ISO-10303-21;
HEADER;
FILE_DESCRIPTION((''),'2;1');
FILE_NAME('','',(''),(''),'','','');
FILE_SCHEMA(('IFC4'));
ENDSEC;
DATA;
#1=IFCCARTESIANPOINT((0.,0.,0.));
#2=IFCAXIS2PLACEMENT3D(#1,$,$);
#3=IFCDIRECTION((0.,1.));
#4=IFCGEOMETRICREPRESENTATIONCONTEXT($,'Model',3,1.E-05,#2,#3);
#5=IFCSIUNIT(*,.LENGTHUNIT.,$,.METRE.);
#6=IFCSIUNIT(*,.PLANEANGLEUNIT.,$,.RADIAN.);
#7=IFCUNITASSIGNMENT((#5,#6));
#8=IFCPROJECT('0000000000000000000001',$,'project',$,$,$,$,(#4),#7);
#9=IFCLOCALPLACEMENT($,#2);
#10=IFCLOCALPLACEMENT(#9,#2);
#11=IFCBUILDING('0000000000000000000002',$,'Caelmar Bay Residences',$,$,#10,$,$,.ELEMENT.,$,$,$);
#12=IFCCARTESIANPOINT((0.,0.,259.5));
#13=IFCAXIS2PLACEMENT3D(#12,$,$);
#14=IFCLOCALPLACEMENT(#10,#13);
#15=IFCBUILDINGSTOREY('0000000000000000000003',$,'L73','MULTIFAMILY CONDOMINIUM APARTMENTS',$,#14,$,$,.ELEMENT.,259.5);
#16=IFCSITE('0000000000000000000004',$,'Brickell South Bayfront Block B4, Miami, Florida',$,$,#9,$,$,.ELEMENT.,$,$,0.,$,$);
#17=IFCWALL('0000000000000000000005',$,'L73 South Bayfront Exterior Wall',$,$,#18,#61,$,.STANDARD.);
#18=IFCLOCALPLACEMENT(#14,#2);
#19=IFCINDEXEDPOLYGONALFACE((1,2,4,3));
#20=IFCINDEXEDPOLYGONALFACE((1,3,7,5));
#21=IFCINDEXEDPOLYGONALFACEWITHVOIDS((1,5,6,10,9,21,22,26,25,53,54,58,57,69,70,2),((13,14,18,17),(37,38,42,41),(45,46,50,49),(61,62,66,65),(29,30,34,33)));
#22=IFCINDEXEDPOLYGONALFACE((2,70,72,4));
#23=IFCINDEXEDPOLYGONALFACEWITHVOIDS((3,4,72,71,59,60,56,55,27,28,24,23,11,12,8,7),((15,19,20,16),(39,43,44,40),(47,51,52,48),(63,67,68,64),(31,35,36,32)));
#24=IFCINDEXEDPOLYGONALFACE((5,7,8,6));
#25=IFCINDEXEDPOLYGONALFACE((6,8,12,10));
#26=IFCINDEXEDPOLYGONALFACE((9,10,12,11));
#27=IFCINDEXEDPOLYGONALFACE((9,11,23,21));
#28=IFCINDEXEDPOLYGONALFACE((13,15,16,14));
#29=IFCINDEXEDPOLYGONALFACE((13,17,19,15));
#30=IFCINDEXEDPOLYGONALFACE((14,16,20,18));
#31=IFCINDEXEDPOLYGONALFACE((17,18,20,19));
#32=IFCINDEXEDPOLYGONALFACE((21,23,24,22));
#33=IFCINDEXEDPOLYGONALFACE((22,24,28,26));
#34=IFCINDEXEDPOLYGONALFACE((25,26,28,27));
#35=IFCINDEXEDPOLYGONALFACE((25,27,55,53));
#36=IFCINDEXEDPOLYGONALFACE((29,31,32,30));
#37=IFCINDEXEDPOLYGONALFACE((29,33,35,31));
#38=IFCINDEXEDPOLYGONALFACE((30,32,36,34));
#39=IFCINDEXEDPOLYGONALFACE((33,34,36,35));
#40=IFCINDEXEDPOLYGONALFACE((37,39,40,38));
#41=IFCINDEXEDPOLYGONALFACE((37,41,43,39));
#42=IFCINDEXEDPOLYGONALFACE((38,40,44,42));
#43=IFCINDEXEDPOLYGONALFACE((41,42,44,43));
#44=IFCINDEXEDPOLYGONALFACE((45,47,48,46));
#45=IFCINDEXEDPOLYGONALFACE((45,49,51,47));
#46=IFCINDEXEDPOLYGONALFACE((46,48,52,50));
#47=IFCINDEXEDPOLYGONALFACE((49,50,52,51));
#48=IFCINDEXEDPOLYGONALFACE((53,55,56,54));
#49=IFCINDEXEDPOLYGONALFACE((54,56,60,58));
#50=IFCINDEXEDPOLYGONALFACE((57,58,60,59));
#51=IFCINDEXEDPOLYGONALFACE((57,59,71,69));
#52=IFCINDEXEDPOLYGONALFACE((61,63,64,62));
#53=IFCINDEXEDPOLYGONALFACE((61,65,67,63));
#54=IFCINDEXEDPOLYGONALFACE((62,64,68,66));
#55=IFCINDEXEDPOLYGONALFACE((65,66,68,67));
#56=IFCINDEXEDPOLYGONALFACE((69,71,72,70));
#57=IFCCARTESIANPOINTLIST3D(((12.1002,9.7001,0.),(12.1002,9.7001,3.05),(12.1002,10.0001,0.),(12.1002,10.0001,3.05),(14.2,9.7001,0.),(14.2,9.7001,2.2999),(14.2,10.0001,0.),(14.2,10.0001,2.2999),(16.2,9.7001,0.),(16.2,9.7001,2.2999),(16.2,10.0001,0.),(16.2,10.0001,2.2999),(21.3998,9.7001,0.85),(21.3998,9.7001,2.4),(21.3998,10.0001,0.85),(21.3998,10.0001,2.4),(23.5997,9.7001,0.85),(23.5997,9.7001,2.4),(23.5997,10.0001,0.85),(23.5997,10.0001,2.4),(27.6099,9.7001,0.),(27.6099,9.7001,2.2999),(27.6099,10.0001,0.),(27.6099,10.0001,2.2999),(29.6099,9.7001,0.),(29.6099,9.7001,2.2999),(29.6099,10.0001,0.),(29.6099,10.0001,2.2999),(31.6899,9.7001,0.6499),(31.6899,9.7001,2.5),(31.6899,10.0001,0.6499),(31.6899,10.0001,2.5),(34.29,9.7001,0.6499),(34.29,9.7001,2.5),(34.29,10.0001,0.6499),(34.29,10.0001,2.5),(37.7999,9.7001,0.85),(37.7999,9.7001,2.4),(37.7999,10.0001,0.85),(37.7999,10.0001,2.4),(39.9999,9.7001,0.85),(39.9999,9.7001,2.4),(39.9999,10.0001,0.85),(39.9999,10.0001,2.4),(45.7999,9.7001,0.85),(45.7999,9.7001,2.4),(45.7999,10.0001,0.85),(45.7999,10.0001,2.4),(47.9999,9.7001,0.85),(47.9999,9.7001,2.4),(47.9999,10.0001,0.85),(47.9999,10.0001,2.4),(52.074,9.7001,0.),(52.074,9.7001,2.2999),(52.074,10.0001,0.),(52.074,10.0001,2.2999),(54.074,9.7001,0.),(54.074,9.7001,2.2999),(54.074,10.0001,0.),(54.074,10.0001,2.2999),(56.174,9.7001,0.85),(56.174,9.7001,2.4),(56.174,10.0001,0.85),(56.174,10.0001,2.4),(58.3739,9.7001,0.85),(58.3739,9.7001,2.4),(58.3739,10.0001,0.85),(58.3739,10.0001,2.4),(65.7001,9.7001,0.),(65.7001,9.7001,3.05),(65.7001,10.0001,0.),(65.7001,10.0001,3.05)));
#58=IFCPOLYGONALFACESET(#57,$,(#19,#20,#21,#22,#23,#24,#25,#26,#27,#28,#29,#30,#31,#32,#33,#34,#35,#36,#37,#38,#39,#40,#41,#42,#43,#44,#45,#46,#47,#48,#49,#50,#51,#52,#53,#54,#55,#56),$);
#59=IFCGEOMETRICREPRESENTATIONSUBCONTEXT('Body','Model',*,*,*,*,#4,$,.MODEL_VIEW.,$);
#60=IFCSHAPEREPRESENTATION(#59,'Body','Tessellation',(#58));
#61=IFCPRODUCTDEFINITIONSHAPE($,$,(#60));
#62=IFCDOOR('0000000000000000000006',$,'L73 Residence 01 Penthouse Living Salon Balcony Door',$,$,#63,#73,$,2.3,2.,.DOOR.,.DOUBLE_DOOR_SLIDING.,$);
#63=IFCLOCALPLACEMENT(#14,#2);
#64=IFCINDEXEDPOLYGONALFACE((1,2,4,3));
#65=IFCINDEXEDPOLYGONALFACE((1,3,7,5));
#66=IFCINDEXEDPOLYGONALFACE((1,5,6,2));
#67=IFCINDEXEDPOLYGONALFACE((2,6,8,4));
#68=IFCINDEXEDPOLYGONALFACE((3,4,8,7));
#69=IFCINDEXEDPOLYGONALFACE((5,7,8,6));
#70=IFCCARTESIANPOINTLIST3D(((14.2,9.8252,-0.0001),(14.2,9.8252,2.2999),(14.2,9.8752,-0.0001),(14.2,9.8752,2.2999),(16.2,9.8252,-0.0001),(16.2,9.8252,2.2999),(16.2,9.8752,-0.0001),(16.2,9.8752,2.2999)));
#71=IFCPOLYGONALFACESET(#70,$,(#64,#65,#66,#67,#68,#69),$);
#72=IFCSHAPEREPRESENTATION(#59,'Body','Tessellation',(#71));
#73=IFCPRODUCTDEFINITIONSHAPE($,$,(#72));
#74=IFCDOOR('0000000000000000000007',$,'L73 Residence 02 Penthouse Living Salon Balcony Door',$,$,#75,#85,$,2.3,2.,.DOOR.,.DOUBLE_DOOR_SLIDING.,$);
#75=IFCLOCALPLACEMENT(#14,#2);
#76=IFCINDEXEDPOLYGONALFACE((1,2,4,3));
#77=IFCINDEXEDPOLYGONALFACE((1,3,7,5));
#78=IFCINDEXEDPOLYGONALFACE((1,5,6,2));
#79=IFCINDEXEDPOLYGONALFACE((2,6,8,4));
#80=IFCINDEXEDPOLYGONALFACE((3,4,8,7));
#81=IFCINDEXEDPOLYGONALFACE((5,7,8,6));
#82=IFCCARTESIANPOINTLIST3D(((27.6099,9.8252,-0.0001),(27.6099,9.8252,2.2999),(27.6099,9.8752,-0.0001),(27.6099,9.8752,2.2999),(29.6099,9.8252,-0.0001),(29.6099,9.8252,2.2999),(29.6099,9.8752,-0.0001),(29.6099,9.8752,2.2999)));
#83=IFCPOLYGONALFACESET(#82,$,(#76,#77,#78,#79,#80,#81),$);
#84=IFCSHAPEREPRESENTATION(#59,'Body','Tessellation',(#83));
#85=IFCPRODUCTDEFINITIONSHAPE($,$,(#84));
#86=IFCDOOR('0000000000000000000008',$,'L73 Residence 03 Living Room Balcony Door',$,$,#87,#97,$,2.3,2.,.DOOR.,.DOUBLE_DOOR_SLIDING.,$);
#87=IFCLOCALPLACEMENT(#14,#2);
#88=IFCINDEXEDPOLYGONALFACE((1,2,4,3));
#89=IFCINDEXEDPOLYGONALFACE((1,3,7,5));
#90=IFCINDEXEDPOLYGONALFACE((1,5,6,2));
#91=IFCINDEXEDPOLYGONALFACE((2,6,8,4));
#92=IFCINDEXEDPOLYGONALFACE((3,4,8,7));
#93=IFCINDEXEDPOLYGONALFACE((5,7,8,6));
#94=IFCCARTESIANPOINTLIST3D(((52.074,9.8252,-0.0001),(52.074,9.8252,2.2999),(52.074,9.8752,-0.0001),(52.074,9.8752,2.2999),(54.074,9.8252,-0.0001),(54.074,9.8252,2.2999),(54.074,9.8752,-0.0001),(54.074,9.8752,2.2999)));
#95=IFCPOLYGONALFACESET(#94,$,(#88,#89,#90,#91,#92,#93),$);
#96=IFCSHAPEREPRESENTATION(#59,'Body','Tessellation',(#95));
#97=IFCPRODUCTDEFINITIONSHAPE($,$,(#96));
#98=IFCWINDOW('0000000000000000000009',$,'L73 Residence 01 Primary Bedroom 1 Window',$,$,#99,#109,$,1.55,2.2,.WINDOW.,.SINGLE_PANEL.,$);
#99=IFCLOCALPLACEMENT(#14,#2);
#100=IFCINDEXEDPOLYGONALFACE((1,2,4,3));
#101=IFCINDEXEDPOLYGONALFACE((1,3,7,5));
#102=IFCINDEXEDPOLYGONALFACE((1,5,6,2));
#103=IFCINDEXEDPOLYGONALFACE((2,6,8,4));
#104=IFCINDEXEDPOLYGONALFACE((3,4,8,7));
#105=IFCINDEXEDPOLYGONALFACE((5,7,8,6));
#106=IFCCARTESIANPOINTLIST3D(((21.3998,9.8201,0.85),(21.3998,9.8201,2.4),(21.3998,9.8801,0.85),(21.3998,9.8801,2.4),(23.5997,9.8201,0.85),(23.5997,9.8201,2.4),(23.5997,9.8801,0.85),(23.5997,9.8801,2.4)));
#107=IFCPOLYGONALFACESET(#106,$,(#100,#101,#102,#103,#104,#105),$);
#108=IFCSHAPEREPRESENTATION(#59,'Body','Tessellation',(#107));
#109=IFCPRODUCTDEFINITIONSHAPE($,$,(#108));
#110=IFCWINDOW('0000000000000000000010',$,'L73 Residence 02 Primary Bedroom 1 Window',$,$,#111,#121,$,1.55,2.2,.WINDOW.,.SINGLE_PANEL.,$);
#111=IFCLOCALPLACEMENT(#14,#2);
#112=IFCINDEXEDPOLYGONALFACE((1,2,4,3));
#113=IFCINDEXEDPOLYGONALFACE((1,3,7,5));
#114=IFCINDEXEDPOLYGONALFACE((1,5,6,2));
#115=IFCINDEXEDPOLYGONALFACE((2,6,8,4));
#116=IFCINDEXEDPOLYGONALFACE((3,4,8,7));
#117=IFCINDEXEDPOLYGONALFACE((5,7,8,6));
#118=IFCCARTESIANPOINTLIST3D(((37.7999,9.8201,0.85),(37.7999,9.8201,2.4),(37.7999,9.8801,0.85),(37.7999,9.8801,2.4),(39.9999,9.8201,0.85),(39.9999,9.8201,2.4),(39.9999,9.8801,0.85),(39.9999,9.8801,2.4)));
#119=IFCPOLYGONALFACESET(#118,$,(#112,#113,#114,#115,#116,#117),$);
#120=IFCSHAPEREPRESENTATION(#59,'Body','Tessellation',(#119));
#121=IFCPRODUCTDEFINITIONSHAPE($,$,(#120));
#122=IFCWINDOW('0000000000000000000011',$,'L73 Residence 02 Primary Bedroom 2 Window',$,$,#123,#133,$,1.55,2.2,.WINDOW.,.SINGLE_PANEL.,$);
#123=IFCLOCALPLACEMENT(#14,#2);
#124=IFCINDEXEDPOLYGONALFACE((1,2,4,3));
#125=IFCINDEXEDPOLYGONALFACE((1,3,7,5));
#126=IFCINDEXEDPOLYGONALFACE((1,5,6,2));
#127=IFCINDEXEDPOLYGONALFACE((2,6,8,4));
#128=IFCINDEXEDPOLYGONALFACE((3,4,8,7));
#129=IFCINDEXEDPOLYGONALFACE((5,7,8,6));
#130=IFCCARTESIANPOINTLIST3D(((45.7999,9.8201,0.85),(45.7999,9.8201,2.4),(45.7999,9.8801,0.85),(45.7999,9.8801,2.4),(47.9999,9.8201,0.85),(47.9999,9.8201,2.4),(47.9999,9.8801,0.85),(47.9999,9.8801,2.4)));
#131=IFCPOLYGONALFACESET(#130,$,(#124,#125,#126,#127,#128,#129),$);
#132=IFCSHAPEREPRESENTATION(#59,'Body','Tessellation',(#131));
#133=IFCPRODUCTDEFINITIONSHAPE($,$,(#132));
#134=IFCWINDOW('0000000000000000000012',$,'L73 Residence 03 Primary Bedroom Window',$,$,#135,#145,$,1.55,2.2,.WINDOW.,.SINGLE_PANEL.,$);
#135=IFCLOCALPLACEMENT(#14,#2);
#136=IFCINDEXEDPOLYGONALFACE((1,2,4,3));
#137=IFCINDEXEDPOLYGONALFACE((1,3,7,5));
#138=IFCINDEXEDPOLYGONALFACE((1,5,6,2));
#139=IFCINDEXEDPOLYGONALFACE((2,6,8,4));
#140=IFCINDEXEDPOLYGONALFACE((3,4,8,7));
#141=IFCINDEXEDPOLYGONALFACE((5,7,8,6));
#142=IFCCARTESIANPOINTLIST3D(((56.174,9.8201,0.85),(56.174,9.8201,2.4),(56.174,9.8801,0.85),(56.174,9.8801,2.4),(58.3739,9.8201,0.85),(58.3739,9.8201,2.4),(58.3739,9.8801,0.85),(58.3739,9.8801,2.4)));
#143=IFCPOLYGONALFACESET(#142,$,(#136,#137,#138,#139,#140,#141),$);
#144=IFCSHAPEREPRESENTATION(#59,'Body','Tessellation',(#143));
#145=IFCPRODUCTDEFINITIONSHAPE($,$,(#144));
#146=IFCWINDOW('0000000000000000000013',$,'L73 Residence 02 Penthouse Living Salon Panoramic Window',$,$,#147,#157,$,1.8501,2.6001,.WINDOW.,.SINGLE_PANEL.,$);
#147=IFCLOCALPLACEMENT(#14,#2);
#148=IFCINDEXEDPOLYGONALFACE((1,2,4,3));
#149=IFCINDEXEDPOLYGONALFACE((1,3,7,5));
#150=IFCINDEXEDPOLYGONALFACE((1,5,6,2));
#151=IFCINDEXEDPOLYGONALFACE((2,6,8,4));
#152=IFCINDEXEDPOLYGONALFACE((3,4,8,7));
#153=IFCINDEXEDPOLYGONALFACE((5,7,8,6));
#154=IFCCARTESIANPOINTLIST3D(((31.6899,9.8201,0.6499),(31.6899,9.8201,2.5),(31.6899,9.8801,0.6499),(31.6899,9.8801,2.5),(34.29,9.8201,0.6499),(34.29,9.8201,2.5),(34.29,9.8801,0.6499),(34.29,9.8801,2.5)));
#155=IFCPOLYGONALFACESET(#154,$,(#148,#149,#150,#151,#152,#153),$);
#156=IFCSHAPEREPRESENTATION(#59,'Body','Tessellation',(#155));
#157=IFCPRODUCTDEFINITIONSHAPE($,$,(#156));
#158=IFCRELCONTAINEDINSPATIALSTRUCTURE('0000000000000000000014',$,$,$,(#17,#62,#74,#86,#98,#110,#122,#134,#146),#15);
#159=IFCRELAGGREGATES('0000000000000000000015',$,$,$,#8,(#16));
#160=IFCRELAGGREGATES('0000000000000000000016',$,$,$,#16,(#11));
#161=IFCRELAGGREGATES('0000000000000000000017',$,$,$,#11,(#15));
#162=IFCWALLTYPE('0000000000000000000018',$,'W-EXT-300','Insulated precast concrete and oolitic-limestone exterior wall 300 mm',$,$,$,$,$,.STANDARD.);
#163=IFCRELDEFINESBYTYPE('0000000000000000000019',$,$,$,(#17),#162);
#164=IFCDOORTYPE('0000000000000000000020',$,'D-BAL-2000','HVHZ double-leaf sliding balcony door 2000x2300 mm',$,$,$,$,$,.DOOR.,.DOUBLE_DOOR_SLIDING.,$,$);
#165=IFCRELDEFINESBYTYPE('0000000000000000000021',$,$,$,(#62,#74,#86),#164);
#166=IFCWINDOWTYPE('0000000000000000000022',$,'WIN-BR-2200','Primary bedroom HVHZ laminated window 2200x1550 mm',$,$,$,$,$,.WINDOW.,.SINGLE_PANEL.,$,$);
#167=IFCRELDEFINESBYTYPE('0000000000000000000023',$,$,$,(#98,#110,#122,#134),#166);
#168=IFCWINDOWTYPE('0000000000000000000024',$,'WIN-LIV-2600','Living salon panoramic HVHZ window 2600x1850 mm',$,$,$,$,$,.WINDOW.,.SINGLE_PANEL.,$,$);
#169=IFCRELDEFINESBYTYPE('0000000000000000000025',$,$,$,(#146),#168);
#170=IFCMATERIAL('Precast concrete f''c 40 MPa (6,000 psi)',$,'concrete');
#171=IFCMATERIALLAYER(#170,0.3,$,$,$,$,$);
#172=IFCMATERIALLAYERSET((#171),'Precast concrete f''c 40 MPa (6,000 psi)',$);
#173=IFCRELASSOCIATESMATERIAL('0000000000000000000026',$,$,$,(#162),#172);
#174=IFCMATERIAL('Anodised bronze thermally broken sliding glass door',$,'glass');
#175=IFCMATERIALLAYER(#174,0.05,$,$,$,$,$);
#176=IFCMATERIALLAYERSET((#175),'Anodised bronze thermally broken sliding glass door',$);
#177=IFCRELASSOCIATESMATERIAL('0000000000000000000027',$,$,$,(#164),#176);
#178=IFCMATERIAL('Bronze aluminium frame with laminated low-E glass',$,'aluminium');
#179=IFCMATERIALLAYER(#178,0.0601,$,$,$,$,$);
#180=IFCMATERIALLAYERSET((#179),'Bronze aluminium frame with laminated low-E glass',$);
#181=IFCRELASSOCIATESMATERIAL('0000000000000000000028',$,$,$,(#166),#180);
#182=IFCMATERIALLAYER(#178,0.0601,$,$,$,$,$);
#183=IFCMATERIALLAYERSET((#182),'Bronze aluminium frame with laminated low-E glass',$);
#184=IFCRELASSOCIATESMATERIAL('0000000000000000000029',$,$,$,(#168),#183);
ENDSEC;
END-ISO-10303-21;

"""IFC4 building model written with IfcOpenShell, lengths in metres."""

from ifc_helpers import new_model, si_unit, direction, frame, frame_2d, origin, place, context, subcontext, project, spatial, rectangle, extrude, material, layer, layer_set, type_object, element, fill, save


model = new_model("IFC4")

# Units and contexts
model_context = context("Model", 3, precision=1e-05, world=origin(), true_north=direction((0.0, 1.0)))
body_context = subcontext(model_context, "Body", "Model", "MODEL_VIEW")
ifc_project = project(units=[si_unit("LENGTHUNIT", "METRE"), si_unit("PLANEANGLEUNIT", "RADIAN")], contexts=[model_context])

# Site, building, storey
site_placement = place(None, origin())
site = spatial("IfcSite", under=ifc_project, at=site_placement, Name="Brickell South Bayfront Block B4, Miami, Florida", CompositionType="ELEMENT", RefElevation=0.0)
building_placement = place(site_placement, origin())
building = spatial("IfcBuilding", under=site, at=building_placement, Name="Caelmar Bay Residences", CompositionType="ELEMENT")
storey_placement = place(building_placement, frame((0.0, 0.0, 259.5)))
storey = spatial("IfcBuildingStorey", under=building, at=storey_placement, Name="L73", Description="MULTIFAMILY CONDOMINIUM APARTMENTS", CompositionType="ELEMENT", Elevation=259.5)

# Wall, openings, doors, windows
ifc_material_1 = material(Name="Precast concrete f'c 40 MPa (6,000 psi)", Category="concrete")
ifc_layer_1 = layer(ifc_material_1, 0.3)
ifc_layer_set_1 = layer_set([ifc_layer_1], Name="Precast concrete f'c 40 MPa (6,000 psi)")
wall_type_1 = type_object("IfcWallType", Name="W-EXT-300", Description="Insulated precast concrete and oolitic-limestone exterior wall 300 mm", PredefinedType="STANDARD", material=ifc_layer_set_1)
wall_1_placement = place(storey_placement, frame((65.7, 9.8501, 0.0), z_axis=(0.0, 0.0, 1.0), x_axis=(-1.0, 0.0, 0.0)))
wall_1 = element("IfcWall", 1, at=wall_1_placement, inside=storey, type_object=wall_type_1, Name="L73 South Bayfront Exterior Wall", PredefinedType="STANDARD", context=body_context, shape_type="SweptSolid", body=[
    extrude(rectangle(XDim=53.5999, YDim=0.3, at=frame_2d((26.7998, 0.0))), origin(), (0.0, 0.0, 1.0), 3.05),
])
opening_1_placement = place(wall_1_placement, frame((49.5, 0.0, 0.0)))
opening_1 = element("IfcOpeningElement", 2, at=opening_1_placement, cuts=wall_1, PredefinedType="OPENING", context=body_context, shape_type="SweptSolid", body=[
    extrude(rectangle(XDim=2.0, YDim=2.3, at=frame_2d((1.0, 1.1499))), frame((0.0, 0.1599, 0.0), z_axis=(0.0, -1.0, 0.0), x_axis=(1.0, 0.0, 0.0)), (0.0, 0.0, 1.0), 0.3201),
])
opening_2_placement = place(wall_1_placement, frame((42.1001, 0.0, 0.8501)))
opening_2 = element("IfcOpeningElement", 3, at=opening_2_placement, cuts=wall_1, PredefinedType="OPENING", context=body_context, shape_type="SweptSolid", body=[
    extrude(rectangle(XDim=2.2, YDim=1.55, at=frame_2d((1.1001, 0.7749))), frame((0.0, 0.1599, 0.0), z_axis=(0.0, -1.0, 0.0), x_axis=(1.0, 0.0, 0.0)), (0.0, 0.0, 1.0), 0.3201),
])
opening_3_placement = place(wall_1_placement, frame((36.0901, 0.0, 0.0)))
opening_3 = element("IfcOpeningElement", 4, at=opening_3_placement, cuts=wall_1, PredefinedType="OPENING", context=body_context, shape_type="SweptSolid", body=[
    extrude(rectangle(XDim=2.0, YDim=2.3, at=frame_2d((1.0, 1.1499))), frame((0.0, 0.1599, 0.0), z_axis=(0.0, -1.0, 0.0), x_axis=(1.0, 0.0, 0.0)), (0.0, 0.0, 1.0), 0.3201),
])
opening_4_placement = place(wall_1_placement, frame((31.4099, 0.0, 0.6499)))
opening_4 = element("IfcOpeningElement", 5, at=opening_4_placement, cuts=wall_1, PredefinedType="OPENING", context=body_context, shape_type="SweptSolid", body=[
    extrude(rectangle(XDim=2.6001, YDim=1.8501, at=frame_2d((1.3, 0.925))), frame((0.0, 0.1599, 0.0), z_axis=(0.0, -1.0, 0.0), x_axis=(1.0, 0.0, 0.0)), (0.0, 0.0, 1.0), 0.3201),
])
opening_5_placement = place(wall_1_placement, frame((25.7, 0.0, 0.8501)))
opening_5 = element("IfcOpeningElement", 6, at=opening_5_placement, cuts=wall_1, PredefinedType="OPENING", context=body_context, shape_type="SweptSolid", body=[
    extrude(rectangle(XDim=2.2, YDim=1.55, at=frame_2d((1.1001, 0.7749))), frame((0.0, 0.1599, 0.0), z_axis=(0.0, -1.0, 0.0), x_axis=(1.0, 0.0, 0.0)), (0.0, 0.0, 1.0), 0.3201),
])
opening_6_placement = place(wall_1_placement, frame((17.7, 0.0, 0.8501)))
opening_6 = element("IfcOpeningElement", 7, at=opening_6_placement, cuts=wall_1, PredefinedType="OPENING", context=body_context, shape_type="SweptSolid", body=[
    extrude(rectangle(XDim=2.2, YDim=1.55, at=frame_2d((1.1001, 0.7749))), frame((0.0, 0.1599, 0.0), z_axis=(0.0, -1.0, 0.0), x_axis=(1.0, 0.0, 0.0)), (0.0, 0.0, 1.0), 0.3201),
])
opening_7_placement = place(wall_1_placement, frame((11.626, 0.0, 0.0)))
opening_7 = element("IfcOpeningElement", 8, at=opening_7_placement, cuts=wall_1, PredefinedType="OPENING", context=body_context, shape_type="SweptSolid", body=[
    extrude(rectangle(XDim=2.0, YDim=2.3, at=frame_2d((1.0, 1.1499))), frame((0.0, 0.1599, 0.0), z_axis=(0.0, -1.0, 0.0), x_axis=(1.0, 0.0, 0.0)), (0.0, 0.0, 1.0), 0.3201),
])
opening_8_placement = place(wall_1_placement, frame((7.3259, 0.0, 0.8501)))
opening_8 = element("IfcOpeningElement", 9, at=opening_8_placement, cuts=wall_1, PredefinedType="OPENING", context=body_context, shape_type="SweptSolid", body=[
    extrude(rectangle(XDim=2.2, YDim=1.55, at=frame_2d((1.1001, 0.7749))), frame((0.0, 0.1599, 0.0), z_axis=(0.0, -1.0, 0.0), x_axis=(1.0, 0.0, 0.0)), (0.0, 0.0, 1.0), 0.3201),
])
ifc_material_2 = material(Name="Anodised bronze thermally broken sliding glass door", Category="glass")
ifc_layer_2 = layer(ifc_material_2, 0.05)
ifc_layer_set_2 = layer_set([ifc_layer_2], Name="Anodised bronze thermally broken sliding glass door")
door_type = type_object("IfcDoorType", Name="D-BAL-2000", Description="HVHZ double-leaf sliding balcony door 2000x2300 mm", OperationType="DOUBLE_DOOR_SLIDING", PredefinedType="DOOR", material=ifc_layer_set_2)
door_1_placement = place(opening_1_placement, origin())
door_1 = element("IfcDoor", 10, at=door_1_placement, inside=storey, type_object=door_type, Name="L73 Residence 01 Penthouse Living Salon Balcony Door", OperationType="DOUBLE_DOOR_SLIDING", OverallHeight=2.3, OverallWidth=2.0, PredefinedType="DOOR", context=body_context, shape_type="SweptSolid", body=[
    extrude(rectangle(XDim=2.0, YDim=2.3, at=frame_2d((1.0, 1.1499))), frame((0.0, 0.0249, 0.0), z_axis=(0.0, -1.0, 0.0), x_axis=(1.0, 0.0, 0.0)), (0.0, 0.0, 1.0), 0.05),
])
fill(opening_1, door_1)
door_2_placement = place(opening_3_placement, origin())
door_2 = element("IfcDoor", 11, at=door_2_placement, inside=storey, type_object=door_type, Name="L73 Residence 02 Penthouse Living Salon Balcony Door", OperationType="DOUBLE_DOOR_SLIDING", OverallHeight=2.3, OverallWidth=2.0, PredefinedType="DOOR", context=body_context, shape_type="SweptSolid", body=[
    extrude(rectangle(XDim=2.0, YDim=2.3, at=frame_2d((1.0, 1.1499))), frame((0.0, 0.0249, 0.0), z_axis=(0.0, -1.0, 0.0), x_axis=(1.0, 0.0, 0.0)), (0.0, 0.0, 1.0), 0.05),
])
fill(opening_3, door_2)
door_3_placement = place(opening_7_placement, origin())
door_3 = element("IfcDoor", 12, at=door_3_placement, inside=storey, type_object=door_type, Name="L73 Residence 03 Living Room Balcony Door", OperationType="DOUBLE_DOOR_SLIDING", OverallHeight=2.3, OverallWidth=2.0, PredefinedType="DOOR", context=body_context, shape_type="SweptSolid", body=[
    extrude(rectangle(XDim=2.0, YDim=2.3, at=frame_2d((1.0, 1.1499))), frame((0.0, 0.0249, 0.0), z_axis=(0.0, -1.0, 0.0), x_axis=(1.0, 0.0, 0.0)), (0.0, 0.0, 1.0), 0.05),
])
fill(opening_7, door_3)
ifc_material_3 = material(Name="Bronze aluminium frame with laminated low-E glass", Category="aluminium")
ifc_layer_3 = layer(ifc_material_3, 0.0601)
ifc_layer_set_3 = layer_set([ifc_layer_3], Name="Bronze aluminium frame with laminated low-E glass")
window_type_1 = type_object("IfcWindowType", Name="WIN-BR-2200", Description="Primary bedroom HVHZ laminated window 2200x1550 mm", PartitioningType="SINGLE_PANEL", PredefinedType="WINDOW", material=ifc_layer_set_3)
window_1_placement = place(opening_2_placement, origin())
window_1 = element("IfcWindow", 13, at=window_1_placement, inside=storey, type_object=window_type_1, Name="L73 Residence 01 Primary Bedroom 1 Window", OverallHeight=1.55, OverallWidth=2.2, PartitioningType="SINGLE_PANEL", PredefinedType="WINDOW", context=body_context, shape_type="SweptSolid", body=[
    extrude(rectangle(XDim=2.2, YDim=1.55, at=frame_2d((1.1001, 0.7749))), frame((0.0, 0.03, 0.0), z_axis=(0.0, -1.0, 0.0), x_axis=(1.0, 0.0, 0.0)), (0.0, 0.0, 1.0), 0.0601),
])
fill(opening_2, window_1)
window_2_placement = place(opening_5_placement, origin())
window_2 = element("IfcWindow", 14, at=window_2_placement, inside=storey, type_object=window_type_1, Name="L73 Residence 02 Primary Bedroom 1 Window", OverallHeight=1.55, OverallWidth=2.2, PartitioningType="SINGLE_PANEL", PredefinedType="WINDOW", context=body_context, shape_type="SweptSolid", body=[
    extrude(rectangle(XDim=2.2, YDim=1.55, at=frame_2d((1.1001, 0.7749))), frame((0.0, 0.03, 0.0), z_axis=(0.0, -1.0, 0.0), x_axis=(1.0, 0.0, 0.0)), (0.0, 0.0, 1.0), 0.0601),
])
fill(opening_5, window_2)
window_3_placement = place(opening_6_placement, origin())
window_3 = element("IfcWindow", 15, at=window_3_placement, inside=storey, type_object=window_type_1, Name="L73 Residence 02 Primary Bedroom 2 Window", OverallHeight=1.55, OverallWidth=2.2, PartitioningType="SINGLE_PANEL", PredefinedType="WINDOW", context=body_context, shape_type="SweptSolid", body=[
    extrude(rectangle(XDim=2.2, YDim=1.55, at=frame_2d((1.1001, 0.7749))), frame((0.0, 0.03, 0.0), z_axis=(0.0, -1.0, 0.0), x_axis=(1.0, 0.0, 0.0)), (0.0, 0.0, 1.0), 0.0601),
])
fill(opening_6, window_3)
window_4_placement = place(opening_8_placement, origin())
window_4 = element("IfcWindow", 16, at=window_4_placement, inside=storey, type_object=window_type_1, Name="L73 Residence 03 Primary Bedroom Window", OverallHeight=1.55, OverallWidth=2.2, PartitioningType="SINGLE_PANEL", PredefinedType="WINDOW", context=body_context, shape_type="SweptSolid", body=[
    extrude(rectangle(XDim=2.2, YDim=1.55, at=frame_2d((1.1001, 0.7749))), frame((0.0, 0.03, 0.0), z_axis=(0.0, -1.0, 0.0), x_axis=(1.0, 0.0, 0.0)), (0.0, 0.0, 1.0), 0.0601),
])
fill(opening_8, window_4)
ifc_layer_4 = layer(ifc_material_3, 0.0601)
ifc_layer_set_4 = layer_set([ifc_layer_4], Name="Bronze aluminium frame with laminated low-E glass")
window_type_2 = type_object("IfcWindowType", Name="WIN-LIV-2600", Description="Living salon panoramic HVHZ window 2600x1850 mm", PartitioningType="SINGLE_PANEL", PredefinedType="WINDOW", material=ifc_layer_set_4)
window_5_placement = place(opening_4_placement, origin())
window_5 = element("IfcWindow", 17, at=window_5_placement, inside=storey, type_object=window_type_2, Name="L73 Residence 02 Penthouse Living Salon Panoramic Window", OverallHeight=1.8501, OverallWidth=2.6001, PartitioningType="SINGLE_PANEL", PredefinedType="WINDOW", context=body_context, shape_type="SweptSolid", body=[
    extrude(rectangle(XDim=2.6001, YDim=1.8501, at=frame_2d((1.3, 0.925))), frame((0.0, 0.03, 0.0), z_axis=(0.0, -1.0, 0.0), x_axis=(1.0, 0.0, 0.0)), (0.0, 0.0, 1.0), 0.0601),
])
fill(opening_4, window_5)

save(model, "model.ifc")
